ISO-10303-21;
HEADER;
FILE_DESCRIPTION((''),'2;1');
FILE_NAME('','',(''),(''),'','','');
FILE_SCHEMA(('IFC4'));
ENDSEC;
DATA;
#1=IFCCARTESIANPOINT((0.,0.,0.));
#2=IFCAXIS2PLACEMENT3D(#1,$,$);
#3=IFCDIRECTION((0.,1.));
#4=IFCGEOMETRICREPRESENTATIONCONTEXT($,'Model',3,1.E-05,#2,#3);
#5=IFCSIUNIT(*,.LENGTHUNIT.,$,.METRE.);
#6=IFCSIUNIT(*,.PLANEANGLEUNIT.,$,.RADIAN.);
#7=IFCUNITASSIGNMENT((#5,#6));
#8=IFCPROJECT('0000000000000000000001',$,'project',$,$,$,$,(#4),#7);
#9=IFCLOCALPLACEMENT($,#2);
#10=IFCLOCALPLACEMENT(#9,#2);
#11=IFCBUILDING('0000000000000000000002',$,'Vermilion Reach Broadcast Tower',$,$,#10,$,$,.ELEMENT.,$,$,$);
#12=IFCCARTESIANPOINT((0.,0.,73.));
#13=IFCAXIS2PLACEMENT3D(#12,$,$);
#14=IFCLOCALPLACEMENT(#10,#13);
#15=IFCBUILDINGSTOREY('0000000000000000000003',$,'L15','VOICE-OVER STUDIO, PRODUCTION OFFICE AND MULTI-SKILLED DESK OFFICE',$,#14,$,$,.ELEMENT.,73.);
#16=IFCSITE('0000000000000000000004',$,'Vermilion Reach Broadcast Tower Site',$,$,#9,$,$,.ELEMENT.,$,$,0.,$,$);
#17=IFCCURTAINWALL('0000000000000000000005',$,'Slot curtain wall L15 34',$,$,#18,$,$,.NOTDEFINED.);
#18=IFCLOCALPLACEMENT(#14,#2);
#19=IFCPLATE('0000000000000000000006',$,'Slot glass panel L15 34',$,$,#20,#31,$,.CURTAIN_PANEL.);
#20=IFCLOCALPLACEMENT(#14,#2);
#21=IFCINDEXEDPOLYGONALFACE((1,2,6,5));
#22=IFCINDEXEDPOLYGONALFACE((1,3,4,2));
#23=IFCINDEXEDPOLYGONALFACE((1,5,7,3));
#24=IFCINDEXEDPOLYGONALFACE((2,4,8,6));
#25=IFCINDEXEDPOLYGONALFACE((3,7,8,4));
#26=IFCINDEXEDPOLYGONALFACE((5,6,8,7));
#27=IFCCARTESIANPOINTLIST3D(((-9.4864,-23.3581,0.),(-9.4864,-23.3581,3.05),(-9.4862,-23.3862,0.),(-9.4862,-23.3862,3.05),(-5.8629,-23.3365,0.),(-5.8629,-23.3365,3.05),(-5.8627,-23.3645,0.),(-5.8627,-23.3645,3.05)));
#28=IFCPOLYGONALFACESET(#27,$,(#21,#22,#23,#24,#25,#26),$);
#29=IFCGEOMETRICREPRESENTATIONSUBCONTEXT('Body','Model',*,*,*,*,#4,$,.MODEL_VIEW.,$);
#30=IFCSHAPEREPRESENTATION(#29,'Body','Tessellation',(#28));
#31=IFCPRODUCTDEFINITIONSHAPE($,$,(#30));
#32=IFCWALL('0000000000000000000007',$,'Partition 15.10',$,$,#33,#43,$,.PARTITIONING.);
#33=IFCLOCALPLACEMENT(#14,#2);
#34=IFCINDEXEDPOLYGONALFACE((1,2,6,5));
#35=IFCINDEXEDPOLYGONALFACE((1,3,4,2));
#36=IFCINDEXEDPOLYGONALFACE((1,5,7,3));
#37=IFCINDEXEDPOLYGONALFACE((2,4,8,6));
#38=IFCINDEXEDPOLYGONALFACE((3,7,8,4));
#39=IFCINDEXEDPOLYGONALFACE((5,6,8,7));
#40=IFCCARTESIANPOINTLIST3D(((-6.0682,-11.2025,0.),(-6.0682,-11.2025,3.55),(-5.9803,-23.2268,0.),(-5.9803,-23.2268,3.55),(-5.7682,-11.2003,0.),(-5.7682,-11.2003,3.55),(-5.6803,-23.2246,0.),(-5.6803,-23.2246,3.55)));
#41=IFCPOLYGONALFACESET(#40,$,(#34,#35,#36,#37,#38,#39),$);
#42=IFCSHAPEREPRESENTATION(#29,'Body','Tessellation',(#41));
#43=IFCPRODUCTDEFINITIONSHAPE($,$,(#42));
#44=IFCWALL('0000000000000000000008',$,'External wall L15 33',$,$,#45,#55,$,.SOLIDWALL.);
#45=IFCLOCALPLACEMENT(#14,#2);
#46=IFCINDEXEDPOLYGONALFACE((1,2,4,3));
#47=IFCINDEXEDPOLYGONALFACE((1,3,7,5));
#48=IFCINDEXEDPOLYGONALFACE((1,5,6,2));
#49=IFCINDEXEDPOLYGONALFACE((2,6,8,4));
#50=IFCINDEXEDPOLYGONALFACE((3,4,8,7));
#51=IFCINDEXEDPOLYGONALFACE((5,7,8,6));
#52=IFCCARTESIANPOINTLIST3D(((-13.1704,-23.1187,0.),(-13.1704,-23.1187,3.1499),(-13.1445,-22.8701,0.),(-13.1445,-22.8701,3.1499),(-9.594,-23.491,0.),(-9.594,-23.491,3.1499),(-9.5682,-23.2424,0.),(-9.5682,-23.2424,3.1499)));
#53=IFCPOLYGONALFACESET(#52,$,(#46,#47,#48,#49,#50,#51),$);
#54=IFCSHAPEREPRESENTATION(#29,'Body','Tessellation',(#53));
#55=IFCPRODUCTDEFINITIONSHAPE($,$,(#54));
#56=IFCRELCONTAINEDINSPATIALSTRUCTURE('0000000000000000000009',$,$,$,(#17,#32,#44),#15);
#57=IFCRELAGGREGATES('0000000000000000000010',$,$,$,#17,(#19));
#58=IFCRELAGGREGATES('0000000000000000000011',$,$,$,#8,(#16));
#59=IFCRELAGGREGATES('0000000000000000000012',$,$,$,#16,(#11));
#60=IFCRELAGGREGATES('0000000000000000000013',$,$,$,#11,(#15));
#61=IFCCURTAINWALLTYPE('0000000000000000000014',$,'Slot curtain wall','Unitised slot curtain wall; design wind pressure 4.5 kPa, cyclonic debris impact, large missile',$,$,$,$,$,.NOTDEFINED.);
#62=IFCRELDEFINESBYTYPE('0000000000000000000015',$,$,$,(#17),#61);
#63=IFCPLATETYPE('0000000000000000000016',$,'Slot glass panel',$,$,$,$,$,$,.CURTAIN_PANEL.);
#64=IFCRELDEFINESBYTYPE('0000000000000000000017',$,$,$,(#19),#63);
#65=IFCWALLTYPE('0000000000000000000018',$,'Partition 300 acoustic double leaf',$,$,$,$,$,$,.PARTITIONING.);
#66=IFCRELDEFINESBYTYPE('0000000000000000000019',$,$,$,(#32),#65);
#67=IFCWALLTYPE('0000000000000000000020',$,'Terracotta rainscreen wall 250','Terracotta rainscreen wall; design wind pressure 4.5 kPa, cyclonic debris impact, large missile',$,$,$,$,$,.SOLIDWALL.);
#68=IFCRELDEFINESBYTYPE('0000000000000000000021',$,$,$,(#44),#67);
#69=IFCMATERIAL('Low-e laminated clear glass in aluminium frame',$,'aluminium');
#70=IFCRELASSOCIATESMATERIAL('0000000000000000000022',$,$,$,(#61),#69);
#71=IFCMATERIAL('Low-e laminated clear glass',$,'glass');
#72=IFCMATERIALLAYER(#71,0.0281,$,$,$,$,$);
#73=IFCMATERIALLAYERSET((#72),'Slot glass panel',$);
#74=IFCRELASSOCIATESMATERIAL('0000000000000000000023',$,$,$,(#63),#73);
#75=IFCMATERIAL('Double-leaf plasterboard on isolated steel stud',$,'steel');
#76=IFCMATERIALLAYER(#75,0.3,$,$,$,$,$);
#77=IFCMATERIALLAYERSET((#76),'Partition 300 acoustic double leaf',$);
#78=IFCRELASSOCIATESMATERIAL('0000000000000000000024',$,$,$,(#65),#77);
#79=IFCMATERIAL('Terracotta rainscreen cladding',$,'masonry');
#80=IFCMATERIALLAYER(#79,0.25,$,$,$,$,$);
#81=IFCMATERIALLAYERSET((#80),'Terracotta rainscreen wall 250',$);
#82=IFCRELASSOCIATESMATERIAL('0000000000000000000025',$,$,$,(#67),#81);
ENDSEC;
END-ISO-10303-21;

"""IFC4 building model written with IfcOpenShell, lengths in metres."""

from ifc_helpers import new_model, si_unit, direction, frame, frame_2d, origin, origin_2d, place, context, subcontext, project, spatial, rectangle, extrude, material, layer, layer_set, type_object, element, aggregate, save


model = new_model("IFC4")

# Units and contexts
model_context = context("Model", 3, precision=1e-05, world=origin(), true_north=direction((0.0, 1.0)))
body_context = subcontext(model_context, "Body", "Model", "MODEL_VIEW")
ifc_project = project(units=[si_unit("LENGTHUNIT", "METRE"), si_unit("PLANEANGLEUNIT", "RADIAN")], contexts=[model_context])

# Site, building, storey
site_placement = place(None, origin())
site = spatial("IfcSite", under=ifc_project, at=site_placement, Name="Vermilion Reach Broadcast Tower Site", CompositionType="ELEMENT", RefElevation=0.0)
building_placement = place(site_placement, origin())
building = spatial("IfcBuilding", under=site, at=building_placement, Name="Vermilion Reach Broadcast Tower", CompositionType="ELEMENT")
storey_placement = place(building_placement, frame((0.0, 0.0, 73.0)))
storey = spatial("IfcBuildingStorey", under=building, at=storey_placement, Name="L15", Description="VOICE-OVER STUDIO, PRODUCTION OFFICE AND MULTI-SKILLED DESK OFFICE", CompositionType="ELEMENT", Elevation=73.0)

# Curtain wall, plate
ifc_material_1 = material(Name="Low-e laminated clear glass in aluminium frame", Category="aluminium")
curtain_wall_type = type_object("IfcCurtainWallType", Name="Slot curtain wall", Description="Unitised slot curtain wall; design wind pressure 4.5 kPa, cyclonic debris impact, large missile", PredefinedType="NOTDEFINED", material=ifc_material_1)
curtain_wall_placement = place(storey_placement, origin())
curtain_wall = element("IfcCurtainWall", 1, at=curtain_wall_placement, inside=storey, type_object=curtain_wall_type, Name="Slot curtain wall L15 34", PredefinedType="NOTDEFINED")
ifc_material_2 = material(Name="Low-e laminated clear glass", Category="glass")
ifc_layer_1 = layer(ifc_material_2, 0.0281)
ifc_layer_set_1 = layer_set([ifc_layer_1], Name="Slot glass panel")
plate_type = type_object("IfcPlateType", Name="Slot glass panel", PredefinedType="CURTAIN_PANEL", material=ifc_layer_set_1)
plate_placement = place(storey_placement, frame((-7.6746, -23.3613, 0.0), z_axis=(0.0, 0.0, 1.0), x_axis=(0.999982, 0.005977, 0.0)))
plate = element("IfcPlate", 2, at=plate_placement, type_object=plate_type, Name="Slot glass panel L15 34", PredefinedType="CURTAIN_PANEL", context=body_context, shape_type="SweptSolid", body=[
    extrude(rectangle(XDim=3.6235, YDim=0.0281, at=origin_2d()), origin(), (0.0, 0.0, 1.0), 3.05),
])
aggregate(curtain_wall, [plate])

# Wall
ifc_material_3 = material(Name="Double-leaf plasterboard on isolated steel stud", Category="steel")
ifc_layer_2 = layer(ifc_material_3, 0.3)
ifc_layer_set_2 = layer_set([ifc_layer_2], Name="Partition 300 acoustic double leaf")
wall_type_1 = type_object("IfcWallType", Name="Partition 300 acoustic double leaf", PredefinedType="PARTITIONING", material=ifc_layer_set_2)
wall_1_placement = place(storey_placement, frame((-5.8303, -23.2256, 0.0), z_axis=(0.0, 0.0, 1.0), x_axis=(-0.007309, 0.999973, 0.0)))
element("IfcWall", 3, at=wall_1_placement, inside=storey, type_object=wall_type_1, Name="Partition 15.10", PredefinedType="PARTITIONING", context=body_context, shape_type="SweptSolid", body=[
    extrude(rectangle(XDim=12.0247, YDim=0.3, at=frame_2d((6.0122, 0.0))), origin(), (0.0, 0.0, 1.0), 3.55),
])

# Shared definitions
ifc_material_4 = material(Name="Terracotta rainscreen cladding", Category="masonry")
ifc_layer_3 = layer(ifc_material_4, 0.25)
ifc_layer_set_3 = layer_set([ifc_layer_3], Name="Terracotta rainscreen wall 250")
wall_type_2 = type_object("IfcWallType", Name="Terracotta rainscreen wall 250", Description="Terracotta rainscreen wall; design wind pressure 4.5 kPa, cyclonic debris impact, large missile", PredefinedType="SOLIDWALL", material=ifc_layer_set_3)

# Wall
wall_2_placement = place(storey_placement, frame((-13.1575, -22.9944, 0.0), z_axis=(0.0, 0.0, 1.0), x_axis=(0.994625, -0.103543, 0.0)))
element("IfcWall", 4, at=wall_2_placement, inside=storey, type_object=wall_type_2, Name="External wall L15 33", PredefinedType="SOLIDWALL", context=body_context, shape_type="SweptSolid", body=[
    extrude(rectangle(XDim=3.5957, YDim=0.25, at=frame_2d((1.7979, 0.0))), origin(), (0.0, 0.0, 1.0), 3.1499),
])

save(model, "model.ifc")
